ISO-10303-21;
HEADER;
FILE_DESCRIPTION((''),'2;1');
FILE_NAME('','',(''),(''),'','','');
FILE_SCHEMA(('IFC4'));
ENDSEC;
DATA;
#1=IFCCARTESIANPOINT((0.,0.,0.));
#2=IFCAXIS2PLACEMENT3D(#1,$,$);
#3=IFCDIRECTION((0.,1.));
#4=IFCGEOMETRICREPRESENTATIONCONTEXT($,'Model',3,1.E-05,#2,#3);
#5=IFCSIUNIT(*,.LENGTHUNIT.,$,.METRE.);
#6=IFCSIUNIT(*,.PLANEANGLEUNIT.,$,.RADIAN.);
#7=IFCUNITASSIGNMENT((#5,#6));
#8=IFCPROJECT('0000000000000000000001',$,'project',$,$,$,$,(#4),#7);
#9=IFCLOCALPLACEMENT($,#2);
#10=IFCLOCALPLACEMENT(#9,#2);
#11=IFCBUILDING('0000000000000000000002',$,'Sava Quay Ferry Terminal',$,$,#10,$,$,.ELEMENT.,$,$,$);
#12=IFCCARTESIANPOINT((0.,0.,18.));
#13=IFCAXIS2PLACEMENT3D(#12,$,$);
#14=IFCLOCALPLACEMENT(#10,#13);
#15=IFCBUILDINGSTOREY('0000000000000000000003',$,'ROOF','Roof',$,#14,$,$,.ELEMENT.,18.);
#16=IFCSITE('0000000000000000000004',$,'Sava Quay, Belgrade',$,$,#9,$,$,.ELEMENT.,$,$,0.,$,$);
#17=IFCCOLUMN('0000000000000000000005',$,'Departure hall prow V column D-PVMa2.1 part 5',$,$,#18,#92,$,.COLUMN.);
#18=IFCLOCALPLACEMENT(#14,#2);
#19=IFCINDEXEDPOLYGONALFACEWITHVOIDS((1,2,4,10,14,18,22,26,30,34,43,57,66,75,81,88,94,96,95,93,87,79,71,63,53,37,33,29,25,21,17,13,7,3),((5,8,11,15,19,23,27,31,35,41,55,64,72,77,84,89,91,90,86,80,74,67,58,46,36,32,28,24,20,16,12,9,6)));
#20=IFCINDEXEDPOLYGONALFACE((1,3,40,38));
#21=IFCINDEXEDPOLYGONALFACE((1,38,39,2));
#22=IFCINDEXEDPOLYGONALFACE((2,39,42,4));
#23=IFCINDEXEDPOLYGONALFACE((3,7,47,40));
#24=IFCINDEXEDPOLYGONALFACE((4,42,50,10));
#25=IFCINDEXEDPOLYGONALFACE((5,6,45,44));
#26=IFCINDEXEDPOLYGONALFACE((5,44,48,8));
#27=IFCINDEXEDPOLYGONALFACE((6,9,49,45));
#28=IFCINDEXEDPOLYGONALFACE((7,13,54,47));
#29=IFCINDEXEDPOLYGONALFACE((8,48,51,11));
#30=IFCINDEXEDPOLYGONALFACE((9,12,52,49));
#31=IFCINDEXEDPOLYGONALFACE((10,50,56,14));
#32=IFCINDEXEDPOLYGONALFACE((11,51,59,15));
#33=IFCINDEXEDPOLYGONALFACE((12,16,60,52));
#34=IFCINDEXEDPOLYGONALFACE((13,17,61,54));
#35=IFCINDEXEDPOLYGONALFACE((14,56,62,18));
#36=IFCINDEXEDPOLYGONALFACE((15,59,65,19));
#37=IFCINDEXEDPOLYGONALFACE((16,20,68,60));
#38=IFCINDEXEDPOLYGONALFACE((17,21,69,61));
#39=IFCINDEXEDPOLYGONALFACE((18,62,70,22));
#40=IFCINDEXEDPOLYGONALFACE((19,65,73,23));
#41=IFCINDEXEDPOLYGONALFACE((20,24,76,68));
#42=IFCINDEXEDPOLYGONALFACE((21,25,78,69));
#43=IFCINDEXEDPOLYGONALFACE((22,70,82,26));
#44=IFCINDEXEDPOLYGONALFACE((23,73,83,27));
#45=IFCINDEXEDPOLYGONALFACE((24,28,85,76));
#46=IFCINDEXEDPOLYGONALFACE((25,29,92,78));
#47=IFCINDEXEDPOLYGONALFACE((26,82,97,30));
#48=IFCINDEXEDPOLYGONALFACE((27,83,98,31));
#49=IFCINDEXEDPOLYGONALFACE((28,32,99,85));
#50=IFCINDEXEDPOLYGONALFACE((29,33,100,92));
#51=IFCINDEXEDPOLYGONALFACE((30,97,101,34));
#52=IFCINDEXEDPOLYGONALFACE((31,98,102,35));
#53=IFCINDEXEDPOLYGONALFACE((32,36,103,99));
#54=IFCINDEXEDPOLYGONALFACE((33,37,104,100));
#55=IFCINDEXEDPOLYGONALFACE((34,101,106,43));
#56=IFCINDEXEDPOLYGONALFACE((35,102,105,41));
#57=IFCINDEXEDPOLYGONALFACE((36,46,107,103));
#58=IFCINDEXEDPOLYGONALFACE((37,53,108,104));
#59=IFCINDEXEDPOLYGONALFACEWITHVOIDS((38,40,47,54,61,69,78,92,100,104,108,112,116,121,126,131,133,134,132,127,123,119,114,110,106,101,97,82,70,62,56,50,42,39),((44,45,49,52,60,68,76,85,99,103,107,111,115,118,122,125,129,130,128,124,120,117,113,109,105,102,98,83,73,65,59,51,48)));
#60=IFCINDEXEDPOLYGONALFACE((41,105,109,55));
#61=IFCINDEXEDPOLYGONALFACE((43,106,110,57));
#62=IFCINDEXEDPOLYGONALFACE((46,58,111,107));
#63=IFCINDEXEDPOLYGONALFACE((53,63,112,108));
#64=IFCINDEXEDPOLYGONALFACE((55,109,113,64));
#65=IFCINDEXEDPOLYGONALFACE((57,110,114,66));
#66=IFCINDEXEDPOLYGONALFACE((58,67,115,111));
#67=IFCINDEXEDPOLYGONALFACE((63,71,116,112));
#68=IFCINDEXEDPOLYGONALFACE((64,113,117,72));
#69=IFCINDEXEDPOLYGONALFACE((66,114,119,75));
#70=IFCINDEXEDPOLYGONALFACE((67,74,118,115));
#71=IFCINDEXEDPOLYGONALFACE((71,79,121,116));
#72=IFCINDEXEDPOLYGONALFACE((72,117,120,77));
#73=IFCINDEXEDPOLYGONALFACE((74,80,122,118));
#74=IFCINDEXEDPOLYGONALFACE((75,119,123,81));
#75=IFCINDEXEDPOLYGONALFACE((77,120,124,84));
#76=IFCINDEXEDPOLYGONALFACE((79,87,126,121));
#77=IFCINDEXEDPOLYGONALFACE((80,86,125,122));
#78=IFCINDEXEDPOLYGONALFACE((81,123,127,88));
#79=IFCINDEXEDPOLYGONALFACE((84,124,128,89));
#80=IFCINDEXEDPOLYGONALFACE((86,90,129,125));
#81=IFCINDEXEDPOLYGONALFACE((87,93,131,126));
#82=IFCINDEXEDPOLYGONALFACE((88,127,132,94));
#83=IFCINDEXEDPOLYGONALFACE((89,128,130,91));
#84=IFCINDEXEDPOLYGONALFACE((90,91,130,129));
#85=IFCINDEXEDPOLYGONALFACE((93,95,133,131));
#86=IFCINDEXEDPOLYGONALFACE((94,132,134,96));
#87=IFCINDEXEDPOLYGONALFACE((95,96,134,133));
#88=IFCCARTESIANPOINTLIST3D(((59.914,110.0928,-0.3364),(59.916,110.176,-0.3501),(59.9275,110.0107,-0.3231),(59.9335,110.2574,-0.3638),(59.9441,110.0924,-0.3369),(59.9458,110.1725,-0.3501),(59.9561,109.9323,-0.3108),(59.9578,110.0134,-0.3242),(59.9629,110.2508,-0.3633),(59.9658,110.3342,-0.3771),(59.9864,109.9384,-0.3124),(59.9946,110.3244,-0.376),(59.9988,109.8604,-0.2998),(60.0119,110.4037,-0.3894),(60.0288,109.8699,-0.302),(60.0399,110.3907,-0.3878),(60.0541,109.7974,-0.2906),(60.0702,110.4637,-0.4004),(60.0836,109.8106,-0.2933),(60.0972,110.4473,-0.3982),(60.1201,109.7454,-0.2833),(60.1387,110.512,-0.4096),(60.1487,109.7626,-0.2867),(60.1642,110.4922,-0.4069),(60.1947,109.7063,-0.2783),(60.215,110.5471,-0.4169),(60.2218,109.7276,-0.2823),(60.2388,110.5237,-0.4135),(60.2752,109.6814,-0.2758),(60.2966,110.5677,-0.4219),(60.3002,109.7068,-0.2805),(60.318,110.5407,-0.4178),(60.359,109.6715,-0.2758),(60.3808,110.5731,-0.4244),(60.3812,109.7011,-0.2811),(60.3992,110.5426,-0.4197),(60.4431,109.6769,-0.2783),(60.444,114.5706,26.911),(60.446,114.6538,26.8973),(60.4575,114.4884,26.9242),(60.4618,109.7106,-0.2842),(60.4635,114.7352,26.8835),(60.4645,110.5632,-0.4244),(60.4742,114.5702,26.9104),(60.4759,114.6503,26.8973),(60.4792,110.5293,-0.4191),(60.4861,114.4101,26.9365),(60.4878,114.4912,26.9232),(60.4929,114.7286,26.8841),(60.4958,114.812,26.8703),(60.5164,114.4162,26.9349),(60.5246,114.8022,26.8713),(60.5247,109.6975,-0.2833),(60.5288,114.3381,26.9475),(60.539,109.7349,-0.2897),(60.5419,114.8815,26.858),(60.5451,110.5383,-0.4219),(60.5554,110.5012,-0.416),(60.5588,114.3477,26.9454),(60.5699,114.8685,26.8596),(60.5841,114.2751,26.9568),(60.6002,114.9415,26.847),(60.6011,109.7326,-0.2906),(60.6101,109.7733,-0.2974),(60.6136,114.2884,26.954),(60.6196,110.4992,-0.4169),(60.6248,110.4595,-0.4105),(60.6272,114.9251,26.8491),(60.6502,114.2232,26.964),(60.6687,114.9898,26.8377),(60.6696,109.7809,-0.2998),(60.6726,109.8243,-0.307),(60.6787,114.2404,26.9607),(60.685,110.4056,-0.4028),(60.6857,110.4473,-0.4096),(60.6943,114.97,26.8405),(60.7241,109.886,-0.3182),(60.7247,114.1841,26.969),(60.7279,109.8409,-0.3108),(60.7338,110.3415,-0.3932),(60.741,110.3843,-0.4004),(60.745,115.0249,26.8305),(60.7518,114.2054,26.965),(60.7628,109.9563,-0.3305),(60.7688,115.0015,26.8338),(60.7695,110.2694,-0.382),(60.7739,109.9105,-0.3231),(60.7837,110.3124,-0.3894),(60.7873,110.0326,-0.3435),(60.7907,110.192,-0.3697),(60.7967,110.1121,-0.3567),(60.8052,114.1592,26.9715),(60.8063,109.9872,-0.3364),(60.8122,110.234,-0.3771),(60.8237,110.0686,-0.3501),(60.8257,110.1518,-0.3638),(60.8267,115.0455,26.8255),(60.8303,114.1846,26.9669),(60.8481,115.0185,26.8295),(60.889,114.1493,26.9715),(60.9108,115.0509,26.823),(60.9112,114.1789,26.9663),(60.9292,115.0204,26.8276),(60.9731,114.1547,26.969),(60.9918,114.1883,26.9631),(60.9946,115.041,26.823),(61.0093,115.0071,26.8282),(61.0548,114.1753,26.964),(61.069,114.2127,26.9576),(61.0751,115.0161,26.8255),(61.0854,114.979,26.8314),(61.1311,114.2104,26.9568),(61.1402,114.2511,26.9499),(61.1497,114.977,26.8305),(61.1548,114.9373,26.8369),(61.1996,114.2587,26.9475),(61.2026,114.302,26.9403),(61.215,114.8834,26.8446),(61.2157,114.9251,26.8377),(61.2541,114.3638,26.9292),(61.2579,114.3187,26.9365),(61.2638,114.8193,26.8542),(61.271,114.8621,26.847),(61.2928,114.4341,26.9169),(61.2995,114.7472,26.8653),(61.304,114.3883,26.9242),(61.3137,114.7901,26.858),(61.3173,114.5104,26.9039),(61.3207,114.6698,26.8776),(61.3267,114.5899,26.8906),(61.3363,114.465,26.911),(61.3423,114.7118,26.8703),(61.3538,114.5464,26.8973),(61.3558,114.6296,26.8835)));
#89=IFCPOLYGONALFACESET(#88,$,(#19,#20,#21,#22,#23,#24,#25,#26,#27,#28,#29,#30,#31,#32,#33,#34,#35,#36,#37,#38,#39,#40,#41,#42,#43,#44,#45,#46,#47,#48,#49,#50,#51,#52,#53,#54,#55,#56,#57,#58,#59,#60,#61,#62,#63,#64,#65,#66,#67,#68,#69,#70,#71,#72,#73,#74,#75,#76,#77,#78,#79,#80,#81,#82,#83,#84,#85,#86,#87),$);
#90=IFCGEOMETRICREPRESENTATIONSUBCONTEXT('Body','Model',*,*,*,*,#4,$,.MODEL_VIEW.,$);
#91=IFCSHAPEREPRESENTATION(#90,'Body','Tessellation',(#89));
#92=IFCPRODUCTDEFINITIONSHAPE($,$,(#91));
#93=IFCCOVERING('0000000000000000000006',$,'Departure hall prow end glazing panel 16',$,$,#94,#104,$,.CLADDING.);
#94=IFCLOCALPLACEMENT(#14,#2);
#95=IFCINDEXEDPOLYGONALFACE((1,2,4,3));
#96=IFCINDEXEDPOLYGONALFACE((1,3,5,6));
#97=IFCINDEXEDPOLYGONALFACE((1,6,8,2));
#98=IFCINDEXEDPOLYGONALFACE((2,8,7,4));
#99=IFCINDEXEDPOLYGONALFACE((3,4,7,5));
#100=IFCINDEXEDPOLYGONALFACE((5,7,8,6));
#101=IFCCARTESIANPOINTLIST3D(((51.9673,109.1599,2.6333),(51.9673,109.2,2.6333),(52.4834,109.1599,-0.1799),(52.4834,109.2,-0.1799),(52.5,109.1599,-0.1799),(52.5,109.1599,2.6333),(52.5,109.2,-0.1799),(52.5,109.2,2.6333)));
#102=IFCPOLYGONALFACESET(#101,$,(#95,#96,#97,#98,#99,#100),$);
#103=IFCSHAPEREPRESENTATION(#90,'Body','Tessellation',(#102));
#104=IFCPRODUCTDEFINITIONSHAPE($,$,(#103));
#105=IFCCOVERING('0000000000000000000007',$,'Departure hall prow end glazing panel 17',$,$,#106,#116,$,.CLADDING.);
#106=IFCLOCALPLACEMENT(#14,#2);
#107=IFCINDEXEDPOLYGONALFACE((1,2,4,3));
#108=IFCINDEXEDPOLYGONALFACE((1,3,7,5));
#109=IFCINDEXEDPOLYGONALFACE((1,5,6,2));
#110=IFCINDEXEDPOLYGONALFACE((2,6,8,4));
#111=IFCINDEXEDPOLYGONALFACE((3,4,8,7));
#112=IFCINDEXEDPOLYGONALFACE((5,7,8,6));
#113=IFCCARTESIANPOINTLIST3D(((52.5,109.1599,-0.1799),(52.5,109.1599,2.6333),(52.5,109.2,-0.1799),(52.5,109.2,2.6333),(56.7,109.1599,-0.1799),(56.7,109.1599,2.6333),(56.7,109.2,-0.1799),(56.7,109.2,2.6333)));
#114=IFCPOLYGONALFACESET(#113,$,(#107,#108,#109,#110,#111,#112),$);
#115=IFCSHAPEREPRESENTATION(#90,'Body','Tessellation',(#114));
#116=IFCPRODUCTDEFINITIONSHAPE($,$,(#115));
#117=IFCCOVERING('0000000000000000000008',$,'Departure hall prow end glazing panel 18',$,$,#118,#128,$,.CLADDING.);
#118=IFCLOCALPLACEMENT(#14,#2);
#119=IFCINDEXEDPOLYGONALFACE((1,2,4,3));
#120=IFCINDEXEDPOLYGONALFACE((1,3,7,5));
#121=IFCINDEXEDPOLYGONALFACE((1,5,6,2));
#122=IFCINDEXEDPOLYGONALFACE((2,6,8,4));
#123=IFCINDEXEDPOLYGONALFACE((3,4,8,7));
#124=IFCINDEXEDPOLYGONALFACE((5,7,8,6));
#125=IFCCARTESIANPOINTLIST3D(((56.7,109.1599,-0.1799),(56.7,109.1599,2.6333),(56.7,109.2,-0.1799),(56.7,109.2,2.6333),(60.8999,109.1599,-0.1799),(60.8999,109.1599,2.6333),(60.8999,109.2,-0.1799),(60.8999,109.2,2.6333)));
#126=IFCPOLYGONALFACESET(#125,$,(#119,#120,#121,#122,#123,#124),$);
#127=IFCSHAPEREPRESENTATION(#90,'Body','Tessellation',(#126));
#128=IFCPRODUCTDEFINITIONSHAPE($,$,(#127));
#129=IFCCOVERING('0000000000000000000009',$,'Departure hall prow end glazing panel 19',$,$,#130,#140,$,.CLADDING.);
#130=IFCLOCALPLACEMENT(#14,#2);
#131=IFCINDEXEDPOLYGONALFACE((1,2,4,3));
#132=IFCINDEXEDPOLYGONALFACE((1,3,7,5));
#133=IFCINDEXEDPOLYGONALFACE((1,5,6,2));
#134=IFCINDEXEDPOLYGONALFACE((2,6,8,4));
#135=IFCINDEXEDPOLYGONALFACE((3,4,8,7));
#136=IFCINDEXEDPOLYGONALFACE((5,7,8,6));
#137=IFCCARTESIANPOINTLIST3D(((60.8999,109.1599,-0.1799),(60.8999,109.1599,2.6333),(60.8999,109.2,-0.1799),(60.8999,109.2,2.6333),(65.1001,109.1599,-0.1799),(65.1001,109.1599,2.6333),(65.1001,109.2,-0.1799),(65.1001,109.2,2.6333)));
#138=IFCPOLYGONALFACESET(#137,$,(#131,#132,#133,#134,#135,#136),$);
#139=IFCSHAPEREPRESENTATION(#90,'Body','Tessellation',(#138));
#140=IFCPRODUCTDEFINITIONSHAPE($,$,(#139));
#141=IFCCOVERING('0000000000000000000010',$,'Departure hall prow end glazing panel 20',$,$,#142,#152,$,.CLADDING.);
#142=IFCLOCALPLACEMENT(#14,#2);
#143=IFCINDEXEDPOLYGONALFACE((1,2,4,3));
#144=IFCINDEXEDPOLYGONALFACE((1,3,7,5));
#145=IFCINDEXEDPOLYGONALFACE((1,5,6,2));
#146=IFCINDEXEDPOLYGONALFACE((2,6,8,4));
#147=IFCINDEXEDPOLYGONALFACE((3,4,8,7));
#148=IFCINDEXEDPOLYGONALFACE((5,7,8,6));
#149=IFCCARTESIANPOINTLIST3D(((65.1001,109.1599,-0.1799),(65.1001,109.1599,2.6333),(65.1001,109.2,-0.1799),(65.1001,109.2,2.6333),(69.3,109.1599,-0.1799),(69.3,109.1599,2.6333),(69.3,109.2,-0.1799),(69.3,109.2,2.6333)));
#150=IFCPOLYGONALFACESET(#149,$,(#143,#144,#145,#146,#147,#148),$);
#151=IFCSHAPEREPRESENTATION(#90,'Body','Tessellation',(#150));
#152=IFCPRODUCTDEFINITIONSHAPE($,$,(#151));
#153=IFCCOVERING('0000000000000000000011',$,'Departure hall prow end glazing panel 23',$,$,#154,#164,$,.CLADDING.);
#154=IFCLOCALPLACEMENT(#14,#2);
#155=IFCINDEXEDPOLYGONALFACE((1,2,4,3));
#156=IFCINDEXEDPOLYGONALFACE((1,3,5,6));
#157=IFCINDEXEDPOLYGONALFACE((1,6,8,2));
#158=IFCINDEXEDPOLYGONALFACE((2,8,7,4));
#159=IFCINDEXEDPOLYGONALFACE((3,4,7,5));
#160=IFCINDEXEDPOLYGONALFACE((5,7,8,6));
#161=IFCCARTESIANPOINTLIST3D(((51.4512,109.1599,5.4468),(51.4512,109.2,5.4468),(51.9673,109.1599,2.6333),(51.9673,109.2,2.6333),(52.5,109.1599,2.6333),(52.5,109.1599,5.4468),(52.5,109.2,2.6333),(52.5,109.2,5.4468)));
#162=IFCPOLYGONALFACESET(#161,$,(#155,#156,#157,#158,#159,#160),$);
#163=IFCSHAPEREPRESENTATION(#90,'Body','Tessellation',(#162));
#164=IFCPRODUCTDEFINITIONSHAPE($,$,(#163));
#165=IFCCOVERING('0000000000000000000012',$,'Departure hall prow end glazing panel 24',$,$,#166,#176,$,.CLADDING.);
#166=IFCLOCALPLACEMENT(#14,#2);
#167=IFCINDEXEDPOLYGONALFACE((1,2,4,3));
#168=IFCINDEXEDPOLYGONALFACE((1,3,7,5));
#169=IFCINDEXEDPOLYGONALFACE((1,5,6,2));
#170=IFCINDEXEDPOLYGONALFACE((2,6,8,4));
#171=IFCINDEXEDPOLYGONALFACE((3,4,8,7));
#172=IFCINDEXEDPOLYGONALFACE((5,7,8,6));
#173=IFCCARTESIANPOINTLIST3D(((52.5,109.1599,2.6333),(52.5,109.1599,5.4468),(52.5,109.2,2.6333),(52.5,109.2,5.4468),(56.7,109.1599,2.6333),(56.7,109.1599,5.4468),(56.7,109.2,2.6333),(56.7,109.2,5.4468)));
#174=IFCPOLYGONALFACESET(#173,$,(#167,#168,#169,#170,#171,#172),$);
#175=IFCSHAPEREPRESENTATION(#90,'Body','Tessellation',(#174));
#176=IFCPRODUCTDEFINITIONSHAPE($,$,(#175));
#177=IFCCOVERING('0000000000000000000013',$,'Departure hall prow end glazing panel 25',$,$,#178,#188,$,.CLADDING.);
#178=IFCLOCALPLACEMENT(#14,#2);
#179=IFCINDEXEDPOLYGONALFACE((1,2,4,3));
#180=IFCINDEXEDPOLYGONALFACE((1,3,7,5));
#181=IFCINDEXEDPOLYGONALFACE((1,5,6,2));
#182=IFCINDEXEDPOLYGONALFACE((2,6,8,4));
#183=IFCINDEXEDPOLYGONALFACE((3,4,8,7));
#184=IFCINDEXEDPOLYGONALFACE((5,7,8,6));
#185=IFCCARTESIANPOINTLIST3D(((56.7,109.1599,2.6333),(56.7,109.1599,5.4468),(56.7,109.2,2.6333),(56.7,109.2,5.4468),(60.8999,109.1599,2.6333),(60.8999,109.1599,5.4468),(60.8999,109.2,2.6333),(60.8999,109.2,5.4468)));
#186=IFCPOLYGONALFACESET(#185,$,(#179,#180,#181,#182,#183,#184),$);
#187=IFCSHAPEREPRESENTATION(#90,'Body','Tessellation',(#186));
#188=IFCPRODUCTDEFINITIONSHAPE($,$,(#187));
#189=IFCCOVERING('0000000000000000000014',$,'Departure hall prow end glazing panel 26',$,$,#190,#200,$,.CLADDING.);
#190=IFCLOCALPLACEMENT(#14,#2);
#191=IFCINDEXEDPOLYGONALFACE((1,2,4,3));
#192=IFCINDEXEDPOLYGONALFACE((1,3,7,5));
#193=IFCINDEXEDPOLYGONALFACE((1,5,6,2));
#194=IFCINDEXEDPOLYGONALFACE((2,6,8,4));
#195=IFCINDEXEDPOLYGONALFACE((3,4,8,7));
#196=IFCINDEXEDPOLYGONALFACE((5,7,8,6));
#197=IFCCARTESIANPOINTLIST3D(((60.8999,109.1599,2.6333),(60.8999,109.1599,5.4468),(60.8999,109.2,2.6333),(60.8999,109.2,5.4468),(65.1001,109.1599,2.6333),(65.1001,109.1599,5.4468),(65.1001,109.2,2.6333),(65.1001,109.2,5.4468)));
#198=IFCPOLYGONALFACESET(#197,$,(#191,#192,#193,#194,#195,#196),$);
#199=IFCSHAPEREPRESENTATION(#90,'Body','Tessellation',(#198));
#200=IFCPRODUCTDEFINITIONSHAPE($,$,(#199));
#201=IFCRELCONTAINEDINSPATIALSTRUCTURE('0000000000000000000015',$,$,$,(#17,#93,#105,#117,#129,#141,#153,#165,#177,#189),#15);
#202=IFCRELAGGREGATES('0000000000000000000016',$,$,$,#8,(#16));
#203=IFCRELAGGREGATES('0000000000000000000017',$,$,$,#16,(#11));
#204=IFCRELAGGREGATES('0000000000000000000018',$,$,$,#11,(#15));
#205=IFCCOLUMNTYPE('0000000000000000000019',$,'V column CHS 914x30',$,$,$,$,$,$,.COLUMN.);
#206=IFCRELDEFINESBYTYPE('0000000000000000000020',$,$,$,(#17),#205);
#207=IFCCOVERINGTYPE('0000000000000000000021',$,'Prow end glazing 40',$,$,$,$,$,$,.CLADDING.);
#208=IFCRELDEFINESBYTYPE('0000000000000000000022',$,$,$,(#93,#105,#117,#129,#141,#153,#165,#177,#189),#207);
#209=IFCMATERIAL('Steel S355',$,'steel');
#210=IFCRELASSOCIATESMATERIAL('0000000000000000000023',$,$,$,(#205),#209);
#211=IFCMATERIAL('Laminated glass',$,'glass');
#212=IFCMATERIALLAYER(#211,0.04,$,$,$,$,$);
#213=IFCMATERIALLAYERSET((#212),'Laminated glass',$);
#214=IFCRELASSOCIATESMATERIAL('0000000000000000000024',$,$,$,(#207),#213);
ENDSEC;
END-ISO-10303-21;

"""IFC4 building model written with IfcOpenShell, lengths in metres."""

from ifc_helpers import new_model, si_unit, direction, frame, origin, origin_2d, place, context, subcontext, project, spatial, polyline, hollow_circle, outline, extrude, material, layer, layer_set, material_profile, profile_set, type_object, element, save


model = new_model("IFC4")

# Units and contexts
model_context = context("Model", 3, precision=1e-05, world=origin(), true_north=direction((0.0, 1.0)))
body_context = subcontext(model_context, "Body", "Model", "MODEL_VIEW")
ifc_project = project(units=[si_unit("LENGTHUNIT", "METRE"), si_unit("PLANEANGLEUNIT", "RADIAN")], contexts=[model_context])

# Site, building, storey
site_placement = place(None, origin())
site = spatial("IfcSite", under=ifc_project, at=site_placement, Name="Sava Quay, Belgrade", CompositionType="ELEMENT", RefElevation=0.0)
building_placement = place(site_placement, origin())
building = spatial("IfcBuilding", under=site, at=building_placement, Name="Sava Quay Ferry Terminal", CompositionType="ELEMENT")
storey_placement = place(building_placement, frame((0.0, 0.0, 18.0)))
storey = spatial("IfcBuildingStorey", under=building, at=storey_placement, Name="ROOF", Description="Roof", CompositionType="ELEMENT", Elevation=18.0)

# Column
ifc_material_1 = material(Name="Steel S355", Category="steel")
ifc_material_profile_1 = material_profile(ifc_material_1, hollow_circle(Radius=0.457, WallThickness=0.03, at=origin_2d()), Name="CHS 914 x 30.0")
ifc_profile_set_1 = profile_set([ifc_material_profile_1], Name="Steel S355")
column_type_1 = type_object("IfcColumnType", Name="V column CHS 914x30", PredefinedType="COLUMN", material=ifc_profile_set_1)
column_1_placement = place(storey_placement, frame((60.3699, 110.1223, -0.3501), z_axis=(0.019192, 0.162133, 0.986582), x_axis=(-0.993067, 0.117548, 0.0)))
element("IfcColumn", 1, at=column_1_placement, inside=storey, type_object=column_type_1, Name="Departure hall prow V column D-PVMa2.1 part 5", PredefinedType="COLUMN", context=body_context, shape_type="SweptSolid", body=[
    extrude(hollow_circle(Radius=0.457, WallThickness=0.03, at=origin_2d()), origin(), (0.0, 0.0, 1.0), 27.6179),
])

# Coverings
ifc_material_2 = material(Name="Laminated glass", Category="glass")
ifc_layer = layer(ifc_material_2, 0.04)
ifc_layer_set = layer_set([ifc_layer], Name="Laminated glass")
covering_type = type_object("IfcCoveringType", Name="Prow end glazing 40", PredefinedType="CLADDING", material=ifc_layer_set)
covering_1_placement = place(storey_placement, frame((51.9673, 109.2, 2.6333), z_axis=(0.0, 1.0, 0.0), x_axis=(1.0, 0.0, 0.0)))
element("IfcCovering", 2, at=covering_1_placement, inside=storey, type_object=covering_type, Name="Departure hall prow end glazing panel 16", PredefinedType="CLADDING", context=body_context, shape_type="SweptSolid", body=[
    extrude(outline(polyline([(0.0, 0.0), (0.5327, 0.0), (0.5327, 2.8132), (0.5161, 2.8132), (0.0, 0.0)])), origin(), (0.0, 0.0, -1.0), 0.04),
])
for number, where, z_axis, x_axis, name in (
    (3, (52.5, 109.2, -0.1799), (0.0, 1.0, 0.0), (0.0, 0.0, 1.0), "Departure hall prow end glazing panel 17"),
    (4, (56.7, 109.2, -0.1799), (0.0, 1.0, 0.0), (0.0, 0.0, 1.0), "Departure hall prow end glazing panel 18"),
):
    element("IfcCovering", number, at=place(storey_placement, frame(where, z_axis=z_axis, x_axis=x_axis)), inside=storey, type_object=covering_type, Name=name, PredefinedType="CLADDING", context=body_context, shape_type="SweptSolid", body=[
        extrude(outline(polyline([(0.0, 0.0), (2.8132, 0.0), (2.8132, 4.2), (0.0, 4.2), (0.0, 0.0)])), origin(), (0.0, 0.0, -1.0), 0.04),
    ])
covering_2_placement = place(storey_placement, frame((60.8999, 109.2, -0.1799), z_axis=(0.0, 1.0, 0.0), x_axis=(0.0, 0.0, 1.0)))
element("IfcCovering", 5, at=covering_2_placement, inside=storey, type_object=covering_type, Name="Departure hall prow end glazing panel 19", PredefinedType="CLADDING", context=body_context, shape_type="SweptSolid", body=[
    extrude(outline(polyline([(0.0, 0.0), (2.8132, 0.0), (2.8132, 4.2002), (0.0, 4.2002), (0.0, 0.0)])), origin(), (0.0, 0.0, -1.0), 0.04),
])
covering_3_placement = place(storey_placement, frame((65.1001, 109.2, -0.1799), z_axis=(0.0, 1.0, 0.0), x_axis=(0.0, 0.0, 1.0)))
element("IfcCovering", 6, at=covering_3_placement, inside=storey, type_object=covering_type, Name="Departure hall prow end glazing panel 20", PredefinedType="CLADDING", context=body_context, shape_type="SweptSolid", body=[
    extrude(outline(polyline([(0.0, 0.0), (2.8132, 0.0), (2.8132, 4.2), (0.0, 4.2), (0.0, 0.0)])), origin(), (0.0, 0.0, -1.0), 0.04),
])
covering_4_placement = place(storey_placement, frame((51.4512, 109.2, 5.4468), z_axis=(0.0, 1.0, 0.0), x_axis=(1.0, 0.0, 0.0)))
element("IfcCovering", 7, at=covering_4_placement, inside=storey, type_object=covering_type, Name="Departure hall prow end glazing panel 23", PredefinedType="CLADDING", context=body_context, shape_type="SweptSolid", body=[
    extrude(outline(polyline([(0.0, 0.0), (1.0488, 0.0), (1.0488, 2.8135), (0.5161, 2.8135), (0.0, 0.0)])), origin(), (0.0, 0.0, -1.0), 0.04),
])
for number, where, z_axis, x_axis, name in (
    (8, (52.5, 109.2, 2.6333), (0.0, 1.0, 0.0), (0.0, 0.0, 1.0), "Departure hall prow end glazing panel 24"),
    (9, (56.7, 109.2, 2.6333), (0.0, 1.0, 0.0), (0.0, 0.0, 1.0), "Departure hall prow end glazing panel 25"),
):
    element("IfcCovering", number, at=place(storey_placement, frame(where, z_axis=z_axis, x_axis=x_axis)), inside=storey, type_object=covering_type, Name=name, PredefinedType="CLADDING", context=body_context, shape_type="SweptSolid", body=[
        extrude(outline(polyline([(0.0, 0.0), (2.8135, 0.0), (2.8135, 4.2), (0.0, 4.2), (0.0, 0.0)])), origin(), (0.0, 0.0, -1.0), 0.04),
    ])
covering_5_placement = place(storey_placement, frame((60.8999, 109.2, 2.6333), z_axis=(0.0, 1.0, 0.0), x_axis=(0.0, 0.0, 1.0)))
element("IfcCovering", 10, at=covering_5_placement, inside=storey, type_object=covering_type, Name="Departure hall prow end glazing panel 26", PredefinedType="CLADDING", context=body_context, shape_type="SweptSolid", body=[
    extrude(outline(polyline([(0.0, 0.0), (2.8135, 0.0), (2.8135, 4.2002), (0.0, 4.2002), (0.0, 0.0)])), origin(), (0.0, 0.0, -1.0), 0.04),
])

save(model, "model.ifc")
